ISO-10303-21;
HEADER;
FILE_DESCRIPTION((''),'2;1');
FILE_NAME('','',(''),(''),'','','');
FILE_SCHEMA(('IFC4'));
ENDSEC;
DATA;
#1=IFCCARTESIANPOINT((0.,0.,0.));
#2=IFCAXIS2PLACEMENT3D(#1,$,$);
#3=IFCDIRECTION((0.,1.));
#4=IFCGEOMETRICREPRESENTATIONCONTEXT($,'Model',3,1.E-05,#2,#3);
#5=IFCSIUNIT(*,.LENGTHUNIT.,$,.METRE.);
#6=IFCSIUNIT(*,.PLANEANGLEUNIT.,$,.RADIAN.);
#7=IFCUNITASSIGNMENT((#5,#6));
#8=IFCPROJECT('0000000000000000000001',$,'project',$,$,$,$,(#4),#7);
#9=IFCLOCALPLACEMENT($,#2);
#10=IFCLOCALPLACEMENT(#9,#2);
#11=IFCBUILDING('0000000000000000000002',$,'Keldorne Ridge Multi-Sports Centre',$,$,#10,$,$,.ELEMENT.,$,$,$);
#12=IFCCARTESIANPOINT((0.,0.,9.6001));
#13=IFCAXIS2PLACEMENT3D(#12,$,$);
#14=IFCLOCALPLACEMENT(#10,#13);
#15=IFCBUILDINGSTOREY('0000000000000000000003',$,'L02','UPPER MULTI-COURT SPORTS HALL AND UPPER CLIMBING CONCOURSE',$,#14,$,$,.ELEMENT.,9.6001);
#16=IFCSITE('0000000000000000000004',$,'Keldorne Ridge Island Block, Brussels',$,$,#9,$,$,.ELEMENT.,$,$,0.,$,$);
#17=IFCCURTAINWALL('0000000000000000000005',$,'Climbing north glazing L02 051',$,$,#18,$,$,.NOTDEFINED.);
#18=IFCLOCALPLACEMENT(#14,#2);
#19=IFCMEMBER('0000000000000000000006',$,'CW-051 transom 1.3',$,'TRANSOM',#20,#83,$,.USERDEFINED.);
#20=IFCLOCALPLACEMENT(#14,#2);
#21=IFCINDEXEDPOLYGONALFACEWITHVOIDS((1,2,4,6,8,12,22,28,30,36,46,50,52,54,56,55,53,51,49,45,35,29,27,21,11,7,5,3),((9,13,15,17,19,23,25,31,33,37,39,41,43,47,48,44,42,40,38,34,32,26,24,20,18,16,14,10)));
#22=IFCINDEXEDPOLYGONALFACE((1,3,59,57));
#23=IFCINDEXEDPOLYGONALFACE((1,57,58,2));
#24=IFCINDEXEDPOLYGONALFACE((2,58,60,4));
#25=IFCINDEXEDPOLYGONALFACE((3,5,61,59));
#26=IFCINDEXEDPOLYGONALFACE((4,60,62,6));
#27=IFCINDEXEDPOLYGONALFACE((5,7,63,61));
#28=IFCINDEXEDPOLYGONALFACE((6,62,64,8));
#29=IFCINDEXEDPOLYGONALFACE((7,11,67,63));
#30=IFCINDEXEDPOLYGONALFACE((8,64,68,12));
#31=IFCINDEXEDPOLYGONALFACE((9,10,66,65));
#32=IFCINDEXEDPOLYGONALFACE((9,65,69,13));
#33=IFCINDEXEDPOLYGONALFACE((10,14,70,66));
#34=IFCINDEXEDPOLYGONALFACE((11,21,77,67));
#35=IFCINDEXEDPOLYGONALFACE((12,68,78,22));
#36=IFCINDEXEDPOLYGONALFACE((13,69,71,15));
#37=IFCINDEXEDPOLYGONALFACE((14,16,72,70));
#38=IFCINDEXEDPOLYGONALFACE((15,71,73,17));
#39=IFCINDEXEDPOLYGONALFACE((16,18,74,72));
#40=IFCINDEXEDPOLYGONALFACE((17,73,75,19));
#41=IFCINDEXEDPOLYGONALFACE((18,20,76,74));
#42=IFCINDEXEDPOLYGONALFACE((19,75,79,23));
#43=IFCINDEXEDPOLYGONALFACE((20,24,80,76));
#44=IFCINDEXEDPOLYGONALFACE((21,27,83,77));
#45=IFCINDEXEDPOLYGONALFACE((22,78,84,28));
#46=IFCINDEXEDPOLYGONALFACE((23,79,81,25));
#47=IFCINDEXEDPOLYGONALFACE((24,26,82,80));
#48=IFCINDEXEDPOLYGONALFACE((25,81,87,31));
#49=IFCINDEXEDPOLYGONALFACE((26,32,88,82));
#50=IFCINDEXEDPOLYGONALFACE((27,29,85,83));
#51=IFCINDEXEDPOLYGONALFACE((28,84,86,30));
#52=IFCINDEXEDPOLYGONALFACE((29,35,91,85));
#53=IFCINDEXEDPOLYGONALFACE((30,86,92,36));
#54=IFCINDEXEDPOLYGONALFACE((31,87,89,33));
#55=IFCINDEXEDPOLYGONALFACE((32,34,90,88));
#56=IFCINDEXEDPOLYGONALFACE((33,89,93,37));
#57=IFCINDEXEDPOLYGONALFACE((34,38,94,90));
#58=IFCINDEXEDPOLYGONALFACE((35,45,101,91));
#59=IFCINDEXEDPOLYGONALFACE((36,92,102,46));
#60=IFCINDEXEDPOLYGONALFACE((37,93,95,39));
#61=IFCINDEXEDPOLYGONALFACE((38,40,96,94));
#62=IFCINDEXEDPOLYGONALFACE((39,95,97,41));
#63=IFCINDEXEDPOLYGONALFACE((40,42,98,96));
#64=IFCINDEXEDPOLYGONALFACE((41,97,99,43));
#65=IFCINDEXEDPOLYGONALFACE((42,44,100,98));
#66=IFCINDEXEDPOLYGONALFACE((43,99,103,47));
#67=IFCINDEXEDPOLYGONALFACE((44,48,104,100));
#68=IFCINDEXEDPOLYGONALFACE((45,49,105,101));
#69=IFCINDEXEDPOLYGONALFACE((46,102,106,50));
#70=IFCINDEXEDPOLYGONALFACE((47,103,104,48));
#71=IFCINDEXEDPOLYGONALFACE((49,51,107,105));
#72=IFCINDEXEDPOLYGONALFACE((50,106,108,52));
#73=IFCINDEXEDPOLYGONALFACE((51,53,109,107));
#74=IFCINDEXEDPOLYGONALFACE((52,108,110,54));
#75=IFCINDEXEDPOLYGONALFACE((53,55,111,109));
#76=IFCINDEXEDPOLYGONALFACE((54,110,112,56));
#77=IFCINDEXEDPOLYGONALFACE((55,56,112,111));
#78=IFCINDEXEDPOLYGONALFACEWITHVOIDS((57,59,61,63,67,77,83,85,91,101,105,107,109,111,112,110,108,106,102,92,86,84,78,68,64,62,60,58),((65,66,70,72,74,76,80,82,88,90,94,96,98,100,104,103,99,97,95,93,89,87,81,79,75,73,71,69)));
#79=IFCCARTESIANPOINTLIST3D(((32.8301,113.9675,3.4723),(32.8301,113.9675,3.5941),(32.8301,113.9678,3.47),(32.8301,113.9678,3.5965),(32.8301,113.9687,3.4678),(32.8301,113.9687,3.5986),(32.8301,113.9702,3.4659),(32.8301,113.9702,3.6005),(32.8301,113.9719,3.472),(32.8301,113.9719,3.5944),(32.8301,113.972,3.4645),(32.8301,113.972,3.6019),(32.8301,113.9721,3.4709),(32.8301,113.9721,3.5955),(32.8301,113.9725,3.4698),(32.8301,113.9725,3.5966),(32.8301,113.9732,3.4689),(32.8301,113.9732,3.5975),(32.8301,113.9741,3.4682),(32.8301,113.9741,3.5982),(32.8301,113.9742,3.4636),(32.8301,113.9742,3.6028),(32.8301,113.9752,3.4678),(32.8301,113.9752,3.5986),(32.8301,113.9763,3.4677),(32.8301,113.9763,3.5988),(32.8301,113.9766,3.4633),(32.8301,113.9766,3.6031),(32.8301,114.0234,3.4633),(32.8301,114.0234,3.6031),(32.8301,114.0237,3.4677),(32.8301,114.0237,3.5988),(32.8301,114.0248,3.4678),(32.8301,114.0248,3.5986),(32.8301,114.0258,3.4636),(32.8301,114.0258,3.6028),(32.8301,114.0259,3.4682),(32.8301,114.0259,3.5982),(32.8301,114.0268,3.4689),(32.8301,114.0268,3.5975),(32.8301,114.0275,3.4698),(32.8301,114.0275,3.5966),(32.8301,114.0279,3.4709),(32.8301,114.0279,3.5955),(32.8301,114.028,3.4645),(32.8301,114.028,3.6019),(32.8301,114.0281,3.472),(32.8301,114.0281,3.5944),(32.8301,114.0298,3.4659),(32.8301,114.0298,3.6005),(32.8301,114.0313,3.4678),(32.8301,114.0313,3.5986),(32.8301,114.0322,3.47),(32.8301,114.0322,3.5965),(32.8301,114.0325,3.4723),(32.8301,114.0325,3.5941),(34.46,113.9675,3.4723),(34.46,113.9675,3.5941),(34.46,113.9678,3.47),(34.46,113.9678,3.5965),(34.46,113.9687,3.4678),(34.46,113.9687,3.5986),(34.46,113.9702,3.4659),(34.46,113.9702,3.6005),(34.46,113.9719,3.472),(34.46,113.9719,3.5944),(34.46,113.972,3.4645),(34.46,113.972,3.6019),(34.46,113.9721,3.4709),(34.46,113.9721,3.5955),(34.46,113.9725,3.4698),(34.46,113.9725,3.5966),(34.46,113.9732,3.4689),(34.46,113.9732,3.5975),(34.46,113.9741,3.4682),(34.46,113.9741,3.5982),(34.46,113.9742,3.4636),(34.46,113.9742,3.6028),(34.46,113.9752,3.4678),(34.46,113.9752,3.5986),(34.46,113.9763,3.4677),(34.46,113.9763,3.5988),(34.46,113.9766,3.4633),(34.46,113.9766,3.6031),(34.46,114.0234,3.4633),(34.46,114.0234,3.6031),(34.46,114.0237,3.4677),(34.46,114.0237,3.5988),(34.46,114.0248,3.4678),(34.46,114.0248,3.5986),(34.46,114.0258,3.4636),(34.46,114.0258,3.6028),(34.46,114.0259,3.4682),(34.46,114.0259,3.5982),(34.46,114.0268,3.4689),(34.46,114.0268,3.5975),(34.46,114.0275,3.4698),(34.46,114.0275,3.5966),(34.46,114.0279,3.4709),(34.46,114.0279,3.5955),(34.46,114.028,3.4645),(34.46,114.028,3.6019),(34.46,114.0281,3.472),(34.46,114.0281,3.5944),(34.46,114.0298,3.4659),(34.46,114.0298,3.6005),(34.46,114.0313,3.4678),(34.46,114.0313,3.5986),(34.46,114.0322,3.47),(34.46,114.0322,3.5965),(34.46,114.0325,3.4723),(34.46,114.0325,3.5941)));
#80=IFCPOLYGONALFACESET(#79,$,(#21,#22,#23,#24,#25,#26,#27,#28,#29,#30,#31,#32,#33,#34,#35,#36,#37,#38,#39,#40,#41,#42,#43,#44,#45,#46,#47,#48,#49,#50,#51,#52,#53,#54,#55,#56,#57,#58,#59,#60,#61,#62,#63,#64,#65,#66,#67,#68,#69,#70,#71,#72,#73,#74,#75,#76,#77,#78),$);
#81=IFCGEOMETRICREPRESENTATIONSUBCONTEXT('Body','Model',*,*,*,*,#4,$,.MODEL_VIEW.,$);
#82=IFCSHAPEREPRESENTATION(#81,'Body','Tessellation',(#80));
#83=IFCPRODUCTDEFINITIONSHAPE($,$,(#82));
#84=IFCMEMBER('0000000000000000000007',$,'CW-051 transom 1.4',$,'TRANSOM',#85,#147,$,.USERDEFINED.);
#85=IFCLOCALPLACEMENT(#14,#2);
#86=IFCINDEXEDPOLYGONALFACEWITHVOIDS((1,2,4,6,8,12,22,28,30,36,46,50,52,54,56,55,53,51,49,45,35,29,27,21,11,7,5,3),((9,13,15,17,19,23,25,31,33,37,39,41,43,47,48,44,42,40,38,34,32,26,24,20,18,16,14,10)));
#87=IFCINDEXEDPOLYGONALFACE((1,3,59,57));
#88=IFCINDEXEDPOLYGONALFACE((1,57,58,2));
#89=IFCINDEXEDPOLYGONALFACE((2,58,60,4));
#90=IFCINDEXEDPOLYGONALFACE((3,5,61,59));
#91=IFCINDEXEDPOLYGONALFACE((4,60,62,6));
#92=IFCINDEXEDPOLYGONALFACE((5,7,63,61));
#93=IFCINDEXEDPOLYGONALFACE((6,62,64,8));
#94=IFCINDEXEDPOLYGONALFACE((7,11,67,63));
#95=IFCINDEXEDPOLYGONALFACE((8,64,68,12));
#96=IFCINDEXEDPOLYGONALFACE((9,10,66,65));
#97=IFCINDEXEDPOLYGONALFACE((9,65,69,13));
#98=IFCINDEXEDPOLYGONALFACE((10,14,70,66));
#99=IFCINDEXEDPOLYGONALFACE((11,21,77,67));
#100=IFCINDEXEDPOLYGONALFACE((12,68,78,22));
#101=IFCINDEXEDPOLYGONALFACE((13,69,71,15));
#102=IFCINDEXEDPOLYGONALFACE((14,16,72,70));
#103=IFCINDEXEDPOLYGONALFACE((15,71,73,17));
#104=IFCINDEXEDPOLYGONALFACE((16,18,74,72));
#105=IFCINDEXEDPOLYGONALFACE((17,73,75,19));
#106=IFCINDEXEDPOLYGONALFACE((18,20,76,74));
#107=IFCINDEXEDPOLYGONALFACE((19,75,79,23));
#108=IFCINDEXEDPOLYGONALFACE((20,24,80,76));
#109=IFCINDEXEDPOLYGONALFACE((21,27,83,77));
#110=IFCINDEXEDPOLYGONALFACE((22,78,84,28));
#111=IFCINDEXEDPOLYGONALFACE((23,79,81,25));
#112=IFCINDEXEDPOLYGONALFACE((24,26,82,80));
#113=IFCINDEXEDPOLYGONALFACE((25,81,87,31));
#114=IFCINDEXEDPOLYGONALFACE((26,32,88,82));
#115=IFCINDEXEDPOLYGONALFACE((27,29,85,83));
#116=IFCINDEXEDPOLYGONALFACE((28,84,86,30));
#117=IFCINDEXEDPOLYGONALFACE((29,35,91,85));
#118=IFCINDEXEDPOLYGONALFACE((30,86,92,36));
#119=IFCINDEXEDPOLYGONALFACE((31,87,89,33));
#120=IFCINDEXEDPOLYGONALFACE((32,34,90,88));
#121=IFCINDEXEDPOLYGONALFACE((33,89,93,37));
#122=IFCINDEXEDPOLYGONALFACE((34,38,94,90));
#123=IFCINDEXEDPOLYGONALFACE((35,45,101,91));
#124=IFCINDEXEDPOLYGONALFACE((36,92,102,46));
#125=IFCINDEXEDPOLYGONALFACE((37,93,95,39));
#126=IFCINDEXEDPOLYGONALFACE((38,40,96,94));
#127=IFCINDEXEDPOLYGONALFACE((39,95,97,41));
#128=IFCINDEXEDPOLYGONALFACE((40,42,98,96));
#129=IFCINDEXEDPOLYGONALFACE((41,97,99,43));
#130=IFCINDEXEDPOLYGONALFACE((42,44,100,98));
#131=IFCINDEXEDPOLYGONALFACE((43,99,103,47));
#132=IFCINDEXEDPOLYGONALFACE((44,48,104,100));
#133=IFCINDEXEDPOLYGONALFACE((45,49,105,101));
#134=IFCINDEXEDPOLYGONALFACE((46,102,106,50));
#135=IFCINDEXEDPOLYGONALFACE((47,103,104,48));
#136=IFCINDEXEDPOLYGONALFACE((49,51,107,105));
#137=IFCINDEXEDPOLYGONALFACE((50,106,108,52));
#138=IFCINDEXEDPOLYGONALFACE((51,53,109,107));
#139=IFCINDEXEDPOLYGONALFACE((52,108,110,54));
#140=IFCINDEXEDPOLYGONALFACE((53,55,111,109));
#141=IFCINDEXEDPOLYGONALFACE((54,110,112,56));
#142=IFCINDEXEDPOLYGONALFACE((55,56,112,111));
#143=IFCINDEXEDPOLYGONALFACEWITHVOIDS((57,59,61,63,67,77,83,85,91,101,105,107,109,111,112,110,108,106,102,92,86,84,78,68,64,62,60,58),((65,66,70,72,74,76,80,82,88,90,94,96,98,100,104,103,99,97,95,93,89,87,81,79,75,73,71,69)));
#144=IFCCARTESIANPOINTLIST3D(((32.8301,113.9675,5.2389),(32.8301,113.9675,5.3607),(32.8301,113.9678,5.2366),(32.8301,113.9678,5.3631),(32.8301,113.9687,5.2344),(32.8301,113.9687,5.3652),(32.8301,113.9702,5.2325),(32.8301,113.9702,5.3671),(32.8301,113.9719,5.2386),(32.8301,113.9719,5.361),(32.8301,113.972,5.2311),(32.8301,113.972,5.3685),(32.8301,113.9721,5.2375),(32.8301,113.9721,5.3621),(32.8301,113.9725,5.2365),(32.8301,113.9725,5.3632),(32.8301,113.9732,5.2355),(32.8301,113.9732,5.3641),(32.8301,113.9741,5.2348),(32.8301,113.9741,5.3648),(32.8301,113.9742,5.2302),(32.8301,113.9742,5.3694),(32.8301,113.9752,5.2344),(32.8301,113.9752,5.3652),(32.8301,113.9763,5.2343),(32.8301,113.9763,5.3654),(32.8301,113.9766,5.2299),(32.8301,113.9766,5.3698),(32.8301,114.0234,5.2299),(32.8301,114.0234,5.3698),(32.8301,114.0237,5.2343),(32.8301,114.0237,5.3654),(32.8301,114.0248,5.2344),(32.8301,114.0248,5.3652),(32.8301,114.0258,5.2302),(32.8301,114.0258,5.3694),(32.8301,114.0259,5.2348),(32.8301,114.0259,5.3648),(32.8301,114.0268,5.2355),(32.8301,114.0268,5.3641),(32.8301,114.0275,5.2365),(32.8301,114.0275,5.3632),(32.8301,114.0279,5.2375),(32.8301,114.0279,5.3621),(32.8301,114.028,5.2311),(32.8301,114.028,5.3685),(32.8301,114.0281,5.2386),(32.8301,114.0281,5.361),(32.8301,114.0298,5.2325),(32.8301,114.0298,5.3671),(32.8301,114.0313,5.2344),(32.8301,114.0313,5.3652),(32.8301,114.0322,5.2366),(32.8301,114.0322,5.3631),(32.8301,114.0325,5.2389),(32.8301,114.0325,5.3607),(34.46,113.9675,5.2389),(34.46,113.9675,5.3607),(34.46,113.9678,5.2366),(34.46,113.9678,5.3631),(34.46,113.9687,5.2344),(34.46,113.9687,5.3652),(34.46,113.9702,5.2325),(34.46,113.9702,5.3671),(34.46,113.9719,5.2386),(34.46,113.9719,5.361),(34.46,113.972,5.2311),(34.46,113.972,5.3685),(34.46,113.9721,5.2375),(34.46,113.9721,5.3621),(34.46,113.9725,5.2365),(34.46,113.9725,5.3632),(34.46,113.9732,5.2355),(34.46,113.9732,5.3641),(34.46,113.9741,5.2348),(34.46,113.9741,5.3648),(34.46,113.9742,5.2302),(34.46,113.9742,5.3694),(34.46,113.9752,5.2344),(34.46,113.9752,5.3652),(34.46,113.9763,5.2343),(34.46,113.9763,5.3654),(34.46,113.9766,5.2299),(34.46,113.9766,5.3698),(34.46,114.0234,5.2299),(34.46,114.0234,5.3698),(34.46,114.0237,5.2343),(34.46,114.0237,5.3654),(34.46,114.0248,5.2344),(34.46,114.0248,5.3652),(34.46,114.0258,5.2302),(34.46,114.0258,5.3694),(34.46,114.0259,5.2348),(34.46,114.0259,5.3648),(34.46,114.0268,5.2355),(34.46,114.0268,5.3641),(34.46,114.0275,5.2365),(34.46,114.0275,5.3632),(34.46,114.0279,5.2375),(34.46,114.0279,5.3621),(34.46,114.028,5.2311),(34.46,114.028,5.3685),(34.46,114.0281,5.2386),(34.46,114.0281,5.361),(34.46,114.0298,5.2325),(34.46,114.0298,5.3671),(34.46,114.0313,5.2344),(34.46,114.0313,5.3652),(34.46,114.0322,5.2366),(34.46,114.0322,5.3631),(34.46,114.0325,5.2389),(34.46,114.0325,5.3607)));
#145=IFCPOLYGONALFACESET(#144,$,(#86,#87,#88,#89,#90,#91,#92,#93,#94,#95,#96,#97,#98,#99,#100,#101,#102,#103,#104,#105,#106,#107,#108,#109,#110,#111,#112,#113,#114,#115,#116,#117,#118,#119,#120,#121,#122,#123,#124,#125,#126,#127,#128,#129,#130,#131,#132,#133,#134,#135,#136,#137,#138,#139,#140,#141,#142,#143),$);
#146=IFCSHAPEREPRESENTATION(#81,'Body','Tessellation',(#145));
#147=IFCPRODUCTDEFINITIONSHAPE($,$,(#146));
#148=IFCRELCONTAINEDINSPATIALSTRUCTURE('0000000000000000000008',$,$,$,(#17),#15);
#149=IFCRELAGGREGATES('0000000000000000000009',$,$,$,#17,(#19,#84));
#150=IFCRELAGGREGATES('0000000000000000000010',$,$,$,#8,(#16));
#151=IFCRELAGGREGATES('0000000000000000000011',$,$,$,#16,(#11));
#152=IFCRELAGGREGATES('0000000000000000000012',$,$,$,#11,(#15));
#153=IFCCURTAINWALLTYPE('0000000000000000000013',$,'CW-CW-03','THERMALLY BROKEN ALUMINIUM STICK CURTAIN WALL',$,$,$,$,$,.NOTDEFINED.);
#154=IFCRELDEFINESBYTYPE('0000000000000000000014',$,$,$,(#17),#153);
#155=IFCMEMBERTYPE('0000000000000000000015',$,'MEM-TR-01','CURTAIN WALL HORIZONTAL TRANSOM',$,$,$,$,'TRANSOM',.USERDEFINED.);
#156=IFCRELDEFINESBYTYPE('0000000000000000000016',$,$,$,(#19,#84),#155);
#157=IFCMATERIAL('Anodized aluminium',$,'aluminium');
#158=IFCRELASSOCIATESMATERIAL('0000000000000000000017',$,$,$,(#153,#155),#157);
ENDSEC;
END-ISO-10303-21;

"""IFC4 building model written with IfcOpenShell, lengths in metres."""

from ifc_helpers import new_model, si_unit, direction, frame, origin, origin_2d, place, context, subcontext, project, spatial, hollow_rectangle, extrude, material, material_profile, profile_set, type_object, element, aggregate, save


model = new_model("IFC4")

# Units and contexts
model_context = context("Model", 3, precision=1e-05, world=origin(), true_north=direction((0.0, 1.0)))
body_context = subcontext(model_context, "Body", "Model", "MODEL_VIEW")
ifc_project = project(units=[si_unit("LENGTHUNIT", "METRE"), si_unit("PLANEANGLEUNIT", "RADIAN")], contexts=[model_context])

# Site, building, storey
site_placement = place(None, origin())
site = spatial("IfcSite", under=ifc_project, at=site_placement, Name="Keldorne Ridge Island Block, Brussels", CompositionType="ELEMENT", RefElevation=0.0)
building_placement = place(site_placement, origin())
building = spatial("IfcBuilding", under=site, at=building_placement, Name="Keldorne Ridge Multi-Sports Centre", CompositionType="ELEMENT")
storey_placement = place(building_placement, frame((0.0, 0.0, 9.6001)))
storey = spatial("IfcBuildingStorey", under=building, at=storey_placement, Name="L02", Description="UPPER MULTI-COURT SPORTS HALL AND UPPER CLIMBING CONCOURSE", CompositionType="ELEMENT", Elevation=9.6001)

# Curtain wall
ifc_material_1 = material(Name="Anodized aluminium", Category="aluminium")
curtain_wall_type_1 = type_object("IfcCurtainWallType", Name="CW-CW-03", Description="THERMALLY BROKEN ALUMINIUM STICK CURTAIN WALL", PredefinedType="NOTDEFINED", material=ifc_material_1)
curtain_wall_1_placement = place(storey_placement, origin())
curtain_wall_1 = element("IfcCurtainWall", 1, at=curtain_wall_1_placement, inside=storey, type_object=curtain_wall_type_1, Name="Climbing north glazing L02 051", PredefinedType="NOTDEFINED")

# Members
ifc_material_profile_1 = material_profile(ifc_material_1, hollow_rectangle(XDim=0.0649, YDim=0.1399, WallThickness=0.0044, InnerFilletRadius=0.0044, OuterFilletRadius=0.009, at=origin_2d()), Name="ALU TRANSOM 140x65x4.5")
ifc_profile_set_1 = profile_set([ifc_material_profile_1], Name="Anodized aluminium")
member_type_1 = type_object("IfcMemberType", Name="MEM-TR-01", Description="CURTAIN WALL HORIZONTAL TRANSOM", ElementType="TRANSOM", PredefinedType="USERDEFINED", material=ifc_profile_set_1)
member_1_placement = place(storey_placement, frame((34.46, 114.0, 3.5332), z_axis=(-1.0, 0.0, 0.0), x_axis=(0.0, -1.0, 0.0)))
member_1 = element("IfcMember", 2, at=member_1_placement, type_object=member_type_1, Name="CW-051 transom 1.3", ObjectType="TRANSOM", PredefinedType="USERDEFINED", context=body_context, shape_type="SweptSolid", body=[
    extrude(hollow_rectangle(XDim=0.0649, YDim=0.1399, WallThickness=0.0044, InnerFilletRadius=0.0044, OuterFilletRadius=0.009, at=origin_2d()), origin(), (0.0, 0.0, 1.0), 1.6299),
])
member_2_placement = place(storey_placement, frame((34.46, 114.0, 5.2998), z_axis=(-1.0, 0.0, 0.0), x_axis=(0.0, -1.0, 0.0)))
member_2 = element("IfcMember", 3, at=member_2_placement, type_object=member_type_1, Name="CW-051 transom 1.4", ObjectType="TRANSOM", PredefinedType="USERDEFINED", context=body_context, shape_type="SweptSolid", body=[
    extrude(hollow_rectangle(XDim=0.0649, YDim=0.1399, WallThickness=0.0044, InnerFilletRadius=0.0044, OuterFilletRadius=0.009, at=origin_2d()), origin(), (0.0, 0.0, 1.0), 1.6299),
])

aggregate(curtain_wall_1, [member_1, member_2])

save(model, "model.ifc")
